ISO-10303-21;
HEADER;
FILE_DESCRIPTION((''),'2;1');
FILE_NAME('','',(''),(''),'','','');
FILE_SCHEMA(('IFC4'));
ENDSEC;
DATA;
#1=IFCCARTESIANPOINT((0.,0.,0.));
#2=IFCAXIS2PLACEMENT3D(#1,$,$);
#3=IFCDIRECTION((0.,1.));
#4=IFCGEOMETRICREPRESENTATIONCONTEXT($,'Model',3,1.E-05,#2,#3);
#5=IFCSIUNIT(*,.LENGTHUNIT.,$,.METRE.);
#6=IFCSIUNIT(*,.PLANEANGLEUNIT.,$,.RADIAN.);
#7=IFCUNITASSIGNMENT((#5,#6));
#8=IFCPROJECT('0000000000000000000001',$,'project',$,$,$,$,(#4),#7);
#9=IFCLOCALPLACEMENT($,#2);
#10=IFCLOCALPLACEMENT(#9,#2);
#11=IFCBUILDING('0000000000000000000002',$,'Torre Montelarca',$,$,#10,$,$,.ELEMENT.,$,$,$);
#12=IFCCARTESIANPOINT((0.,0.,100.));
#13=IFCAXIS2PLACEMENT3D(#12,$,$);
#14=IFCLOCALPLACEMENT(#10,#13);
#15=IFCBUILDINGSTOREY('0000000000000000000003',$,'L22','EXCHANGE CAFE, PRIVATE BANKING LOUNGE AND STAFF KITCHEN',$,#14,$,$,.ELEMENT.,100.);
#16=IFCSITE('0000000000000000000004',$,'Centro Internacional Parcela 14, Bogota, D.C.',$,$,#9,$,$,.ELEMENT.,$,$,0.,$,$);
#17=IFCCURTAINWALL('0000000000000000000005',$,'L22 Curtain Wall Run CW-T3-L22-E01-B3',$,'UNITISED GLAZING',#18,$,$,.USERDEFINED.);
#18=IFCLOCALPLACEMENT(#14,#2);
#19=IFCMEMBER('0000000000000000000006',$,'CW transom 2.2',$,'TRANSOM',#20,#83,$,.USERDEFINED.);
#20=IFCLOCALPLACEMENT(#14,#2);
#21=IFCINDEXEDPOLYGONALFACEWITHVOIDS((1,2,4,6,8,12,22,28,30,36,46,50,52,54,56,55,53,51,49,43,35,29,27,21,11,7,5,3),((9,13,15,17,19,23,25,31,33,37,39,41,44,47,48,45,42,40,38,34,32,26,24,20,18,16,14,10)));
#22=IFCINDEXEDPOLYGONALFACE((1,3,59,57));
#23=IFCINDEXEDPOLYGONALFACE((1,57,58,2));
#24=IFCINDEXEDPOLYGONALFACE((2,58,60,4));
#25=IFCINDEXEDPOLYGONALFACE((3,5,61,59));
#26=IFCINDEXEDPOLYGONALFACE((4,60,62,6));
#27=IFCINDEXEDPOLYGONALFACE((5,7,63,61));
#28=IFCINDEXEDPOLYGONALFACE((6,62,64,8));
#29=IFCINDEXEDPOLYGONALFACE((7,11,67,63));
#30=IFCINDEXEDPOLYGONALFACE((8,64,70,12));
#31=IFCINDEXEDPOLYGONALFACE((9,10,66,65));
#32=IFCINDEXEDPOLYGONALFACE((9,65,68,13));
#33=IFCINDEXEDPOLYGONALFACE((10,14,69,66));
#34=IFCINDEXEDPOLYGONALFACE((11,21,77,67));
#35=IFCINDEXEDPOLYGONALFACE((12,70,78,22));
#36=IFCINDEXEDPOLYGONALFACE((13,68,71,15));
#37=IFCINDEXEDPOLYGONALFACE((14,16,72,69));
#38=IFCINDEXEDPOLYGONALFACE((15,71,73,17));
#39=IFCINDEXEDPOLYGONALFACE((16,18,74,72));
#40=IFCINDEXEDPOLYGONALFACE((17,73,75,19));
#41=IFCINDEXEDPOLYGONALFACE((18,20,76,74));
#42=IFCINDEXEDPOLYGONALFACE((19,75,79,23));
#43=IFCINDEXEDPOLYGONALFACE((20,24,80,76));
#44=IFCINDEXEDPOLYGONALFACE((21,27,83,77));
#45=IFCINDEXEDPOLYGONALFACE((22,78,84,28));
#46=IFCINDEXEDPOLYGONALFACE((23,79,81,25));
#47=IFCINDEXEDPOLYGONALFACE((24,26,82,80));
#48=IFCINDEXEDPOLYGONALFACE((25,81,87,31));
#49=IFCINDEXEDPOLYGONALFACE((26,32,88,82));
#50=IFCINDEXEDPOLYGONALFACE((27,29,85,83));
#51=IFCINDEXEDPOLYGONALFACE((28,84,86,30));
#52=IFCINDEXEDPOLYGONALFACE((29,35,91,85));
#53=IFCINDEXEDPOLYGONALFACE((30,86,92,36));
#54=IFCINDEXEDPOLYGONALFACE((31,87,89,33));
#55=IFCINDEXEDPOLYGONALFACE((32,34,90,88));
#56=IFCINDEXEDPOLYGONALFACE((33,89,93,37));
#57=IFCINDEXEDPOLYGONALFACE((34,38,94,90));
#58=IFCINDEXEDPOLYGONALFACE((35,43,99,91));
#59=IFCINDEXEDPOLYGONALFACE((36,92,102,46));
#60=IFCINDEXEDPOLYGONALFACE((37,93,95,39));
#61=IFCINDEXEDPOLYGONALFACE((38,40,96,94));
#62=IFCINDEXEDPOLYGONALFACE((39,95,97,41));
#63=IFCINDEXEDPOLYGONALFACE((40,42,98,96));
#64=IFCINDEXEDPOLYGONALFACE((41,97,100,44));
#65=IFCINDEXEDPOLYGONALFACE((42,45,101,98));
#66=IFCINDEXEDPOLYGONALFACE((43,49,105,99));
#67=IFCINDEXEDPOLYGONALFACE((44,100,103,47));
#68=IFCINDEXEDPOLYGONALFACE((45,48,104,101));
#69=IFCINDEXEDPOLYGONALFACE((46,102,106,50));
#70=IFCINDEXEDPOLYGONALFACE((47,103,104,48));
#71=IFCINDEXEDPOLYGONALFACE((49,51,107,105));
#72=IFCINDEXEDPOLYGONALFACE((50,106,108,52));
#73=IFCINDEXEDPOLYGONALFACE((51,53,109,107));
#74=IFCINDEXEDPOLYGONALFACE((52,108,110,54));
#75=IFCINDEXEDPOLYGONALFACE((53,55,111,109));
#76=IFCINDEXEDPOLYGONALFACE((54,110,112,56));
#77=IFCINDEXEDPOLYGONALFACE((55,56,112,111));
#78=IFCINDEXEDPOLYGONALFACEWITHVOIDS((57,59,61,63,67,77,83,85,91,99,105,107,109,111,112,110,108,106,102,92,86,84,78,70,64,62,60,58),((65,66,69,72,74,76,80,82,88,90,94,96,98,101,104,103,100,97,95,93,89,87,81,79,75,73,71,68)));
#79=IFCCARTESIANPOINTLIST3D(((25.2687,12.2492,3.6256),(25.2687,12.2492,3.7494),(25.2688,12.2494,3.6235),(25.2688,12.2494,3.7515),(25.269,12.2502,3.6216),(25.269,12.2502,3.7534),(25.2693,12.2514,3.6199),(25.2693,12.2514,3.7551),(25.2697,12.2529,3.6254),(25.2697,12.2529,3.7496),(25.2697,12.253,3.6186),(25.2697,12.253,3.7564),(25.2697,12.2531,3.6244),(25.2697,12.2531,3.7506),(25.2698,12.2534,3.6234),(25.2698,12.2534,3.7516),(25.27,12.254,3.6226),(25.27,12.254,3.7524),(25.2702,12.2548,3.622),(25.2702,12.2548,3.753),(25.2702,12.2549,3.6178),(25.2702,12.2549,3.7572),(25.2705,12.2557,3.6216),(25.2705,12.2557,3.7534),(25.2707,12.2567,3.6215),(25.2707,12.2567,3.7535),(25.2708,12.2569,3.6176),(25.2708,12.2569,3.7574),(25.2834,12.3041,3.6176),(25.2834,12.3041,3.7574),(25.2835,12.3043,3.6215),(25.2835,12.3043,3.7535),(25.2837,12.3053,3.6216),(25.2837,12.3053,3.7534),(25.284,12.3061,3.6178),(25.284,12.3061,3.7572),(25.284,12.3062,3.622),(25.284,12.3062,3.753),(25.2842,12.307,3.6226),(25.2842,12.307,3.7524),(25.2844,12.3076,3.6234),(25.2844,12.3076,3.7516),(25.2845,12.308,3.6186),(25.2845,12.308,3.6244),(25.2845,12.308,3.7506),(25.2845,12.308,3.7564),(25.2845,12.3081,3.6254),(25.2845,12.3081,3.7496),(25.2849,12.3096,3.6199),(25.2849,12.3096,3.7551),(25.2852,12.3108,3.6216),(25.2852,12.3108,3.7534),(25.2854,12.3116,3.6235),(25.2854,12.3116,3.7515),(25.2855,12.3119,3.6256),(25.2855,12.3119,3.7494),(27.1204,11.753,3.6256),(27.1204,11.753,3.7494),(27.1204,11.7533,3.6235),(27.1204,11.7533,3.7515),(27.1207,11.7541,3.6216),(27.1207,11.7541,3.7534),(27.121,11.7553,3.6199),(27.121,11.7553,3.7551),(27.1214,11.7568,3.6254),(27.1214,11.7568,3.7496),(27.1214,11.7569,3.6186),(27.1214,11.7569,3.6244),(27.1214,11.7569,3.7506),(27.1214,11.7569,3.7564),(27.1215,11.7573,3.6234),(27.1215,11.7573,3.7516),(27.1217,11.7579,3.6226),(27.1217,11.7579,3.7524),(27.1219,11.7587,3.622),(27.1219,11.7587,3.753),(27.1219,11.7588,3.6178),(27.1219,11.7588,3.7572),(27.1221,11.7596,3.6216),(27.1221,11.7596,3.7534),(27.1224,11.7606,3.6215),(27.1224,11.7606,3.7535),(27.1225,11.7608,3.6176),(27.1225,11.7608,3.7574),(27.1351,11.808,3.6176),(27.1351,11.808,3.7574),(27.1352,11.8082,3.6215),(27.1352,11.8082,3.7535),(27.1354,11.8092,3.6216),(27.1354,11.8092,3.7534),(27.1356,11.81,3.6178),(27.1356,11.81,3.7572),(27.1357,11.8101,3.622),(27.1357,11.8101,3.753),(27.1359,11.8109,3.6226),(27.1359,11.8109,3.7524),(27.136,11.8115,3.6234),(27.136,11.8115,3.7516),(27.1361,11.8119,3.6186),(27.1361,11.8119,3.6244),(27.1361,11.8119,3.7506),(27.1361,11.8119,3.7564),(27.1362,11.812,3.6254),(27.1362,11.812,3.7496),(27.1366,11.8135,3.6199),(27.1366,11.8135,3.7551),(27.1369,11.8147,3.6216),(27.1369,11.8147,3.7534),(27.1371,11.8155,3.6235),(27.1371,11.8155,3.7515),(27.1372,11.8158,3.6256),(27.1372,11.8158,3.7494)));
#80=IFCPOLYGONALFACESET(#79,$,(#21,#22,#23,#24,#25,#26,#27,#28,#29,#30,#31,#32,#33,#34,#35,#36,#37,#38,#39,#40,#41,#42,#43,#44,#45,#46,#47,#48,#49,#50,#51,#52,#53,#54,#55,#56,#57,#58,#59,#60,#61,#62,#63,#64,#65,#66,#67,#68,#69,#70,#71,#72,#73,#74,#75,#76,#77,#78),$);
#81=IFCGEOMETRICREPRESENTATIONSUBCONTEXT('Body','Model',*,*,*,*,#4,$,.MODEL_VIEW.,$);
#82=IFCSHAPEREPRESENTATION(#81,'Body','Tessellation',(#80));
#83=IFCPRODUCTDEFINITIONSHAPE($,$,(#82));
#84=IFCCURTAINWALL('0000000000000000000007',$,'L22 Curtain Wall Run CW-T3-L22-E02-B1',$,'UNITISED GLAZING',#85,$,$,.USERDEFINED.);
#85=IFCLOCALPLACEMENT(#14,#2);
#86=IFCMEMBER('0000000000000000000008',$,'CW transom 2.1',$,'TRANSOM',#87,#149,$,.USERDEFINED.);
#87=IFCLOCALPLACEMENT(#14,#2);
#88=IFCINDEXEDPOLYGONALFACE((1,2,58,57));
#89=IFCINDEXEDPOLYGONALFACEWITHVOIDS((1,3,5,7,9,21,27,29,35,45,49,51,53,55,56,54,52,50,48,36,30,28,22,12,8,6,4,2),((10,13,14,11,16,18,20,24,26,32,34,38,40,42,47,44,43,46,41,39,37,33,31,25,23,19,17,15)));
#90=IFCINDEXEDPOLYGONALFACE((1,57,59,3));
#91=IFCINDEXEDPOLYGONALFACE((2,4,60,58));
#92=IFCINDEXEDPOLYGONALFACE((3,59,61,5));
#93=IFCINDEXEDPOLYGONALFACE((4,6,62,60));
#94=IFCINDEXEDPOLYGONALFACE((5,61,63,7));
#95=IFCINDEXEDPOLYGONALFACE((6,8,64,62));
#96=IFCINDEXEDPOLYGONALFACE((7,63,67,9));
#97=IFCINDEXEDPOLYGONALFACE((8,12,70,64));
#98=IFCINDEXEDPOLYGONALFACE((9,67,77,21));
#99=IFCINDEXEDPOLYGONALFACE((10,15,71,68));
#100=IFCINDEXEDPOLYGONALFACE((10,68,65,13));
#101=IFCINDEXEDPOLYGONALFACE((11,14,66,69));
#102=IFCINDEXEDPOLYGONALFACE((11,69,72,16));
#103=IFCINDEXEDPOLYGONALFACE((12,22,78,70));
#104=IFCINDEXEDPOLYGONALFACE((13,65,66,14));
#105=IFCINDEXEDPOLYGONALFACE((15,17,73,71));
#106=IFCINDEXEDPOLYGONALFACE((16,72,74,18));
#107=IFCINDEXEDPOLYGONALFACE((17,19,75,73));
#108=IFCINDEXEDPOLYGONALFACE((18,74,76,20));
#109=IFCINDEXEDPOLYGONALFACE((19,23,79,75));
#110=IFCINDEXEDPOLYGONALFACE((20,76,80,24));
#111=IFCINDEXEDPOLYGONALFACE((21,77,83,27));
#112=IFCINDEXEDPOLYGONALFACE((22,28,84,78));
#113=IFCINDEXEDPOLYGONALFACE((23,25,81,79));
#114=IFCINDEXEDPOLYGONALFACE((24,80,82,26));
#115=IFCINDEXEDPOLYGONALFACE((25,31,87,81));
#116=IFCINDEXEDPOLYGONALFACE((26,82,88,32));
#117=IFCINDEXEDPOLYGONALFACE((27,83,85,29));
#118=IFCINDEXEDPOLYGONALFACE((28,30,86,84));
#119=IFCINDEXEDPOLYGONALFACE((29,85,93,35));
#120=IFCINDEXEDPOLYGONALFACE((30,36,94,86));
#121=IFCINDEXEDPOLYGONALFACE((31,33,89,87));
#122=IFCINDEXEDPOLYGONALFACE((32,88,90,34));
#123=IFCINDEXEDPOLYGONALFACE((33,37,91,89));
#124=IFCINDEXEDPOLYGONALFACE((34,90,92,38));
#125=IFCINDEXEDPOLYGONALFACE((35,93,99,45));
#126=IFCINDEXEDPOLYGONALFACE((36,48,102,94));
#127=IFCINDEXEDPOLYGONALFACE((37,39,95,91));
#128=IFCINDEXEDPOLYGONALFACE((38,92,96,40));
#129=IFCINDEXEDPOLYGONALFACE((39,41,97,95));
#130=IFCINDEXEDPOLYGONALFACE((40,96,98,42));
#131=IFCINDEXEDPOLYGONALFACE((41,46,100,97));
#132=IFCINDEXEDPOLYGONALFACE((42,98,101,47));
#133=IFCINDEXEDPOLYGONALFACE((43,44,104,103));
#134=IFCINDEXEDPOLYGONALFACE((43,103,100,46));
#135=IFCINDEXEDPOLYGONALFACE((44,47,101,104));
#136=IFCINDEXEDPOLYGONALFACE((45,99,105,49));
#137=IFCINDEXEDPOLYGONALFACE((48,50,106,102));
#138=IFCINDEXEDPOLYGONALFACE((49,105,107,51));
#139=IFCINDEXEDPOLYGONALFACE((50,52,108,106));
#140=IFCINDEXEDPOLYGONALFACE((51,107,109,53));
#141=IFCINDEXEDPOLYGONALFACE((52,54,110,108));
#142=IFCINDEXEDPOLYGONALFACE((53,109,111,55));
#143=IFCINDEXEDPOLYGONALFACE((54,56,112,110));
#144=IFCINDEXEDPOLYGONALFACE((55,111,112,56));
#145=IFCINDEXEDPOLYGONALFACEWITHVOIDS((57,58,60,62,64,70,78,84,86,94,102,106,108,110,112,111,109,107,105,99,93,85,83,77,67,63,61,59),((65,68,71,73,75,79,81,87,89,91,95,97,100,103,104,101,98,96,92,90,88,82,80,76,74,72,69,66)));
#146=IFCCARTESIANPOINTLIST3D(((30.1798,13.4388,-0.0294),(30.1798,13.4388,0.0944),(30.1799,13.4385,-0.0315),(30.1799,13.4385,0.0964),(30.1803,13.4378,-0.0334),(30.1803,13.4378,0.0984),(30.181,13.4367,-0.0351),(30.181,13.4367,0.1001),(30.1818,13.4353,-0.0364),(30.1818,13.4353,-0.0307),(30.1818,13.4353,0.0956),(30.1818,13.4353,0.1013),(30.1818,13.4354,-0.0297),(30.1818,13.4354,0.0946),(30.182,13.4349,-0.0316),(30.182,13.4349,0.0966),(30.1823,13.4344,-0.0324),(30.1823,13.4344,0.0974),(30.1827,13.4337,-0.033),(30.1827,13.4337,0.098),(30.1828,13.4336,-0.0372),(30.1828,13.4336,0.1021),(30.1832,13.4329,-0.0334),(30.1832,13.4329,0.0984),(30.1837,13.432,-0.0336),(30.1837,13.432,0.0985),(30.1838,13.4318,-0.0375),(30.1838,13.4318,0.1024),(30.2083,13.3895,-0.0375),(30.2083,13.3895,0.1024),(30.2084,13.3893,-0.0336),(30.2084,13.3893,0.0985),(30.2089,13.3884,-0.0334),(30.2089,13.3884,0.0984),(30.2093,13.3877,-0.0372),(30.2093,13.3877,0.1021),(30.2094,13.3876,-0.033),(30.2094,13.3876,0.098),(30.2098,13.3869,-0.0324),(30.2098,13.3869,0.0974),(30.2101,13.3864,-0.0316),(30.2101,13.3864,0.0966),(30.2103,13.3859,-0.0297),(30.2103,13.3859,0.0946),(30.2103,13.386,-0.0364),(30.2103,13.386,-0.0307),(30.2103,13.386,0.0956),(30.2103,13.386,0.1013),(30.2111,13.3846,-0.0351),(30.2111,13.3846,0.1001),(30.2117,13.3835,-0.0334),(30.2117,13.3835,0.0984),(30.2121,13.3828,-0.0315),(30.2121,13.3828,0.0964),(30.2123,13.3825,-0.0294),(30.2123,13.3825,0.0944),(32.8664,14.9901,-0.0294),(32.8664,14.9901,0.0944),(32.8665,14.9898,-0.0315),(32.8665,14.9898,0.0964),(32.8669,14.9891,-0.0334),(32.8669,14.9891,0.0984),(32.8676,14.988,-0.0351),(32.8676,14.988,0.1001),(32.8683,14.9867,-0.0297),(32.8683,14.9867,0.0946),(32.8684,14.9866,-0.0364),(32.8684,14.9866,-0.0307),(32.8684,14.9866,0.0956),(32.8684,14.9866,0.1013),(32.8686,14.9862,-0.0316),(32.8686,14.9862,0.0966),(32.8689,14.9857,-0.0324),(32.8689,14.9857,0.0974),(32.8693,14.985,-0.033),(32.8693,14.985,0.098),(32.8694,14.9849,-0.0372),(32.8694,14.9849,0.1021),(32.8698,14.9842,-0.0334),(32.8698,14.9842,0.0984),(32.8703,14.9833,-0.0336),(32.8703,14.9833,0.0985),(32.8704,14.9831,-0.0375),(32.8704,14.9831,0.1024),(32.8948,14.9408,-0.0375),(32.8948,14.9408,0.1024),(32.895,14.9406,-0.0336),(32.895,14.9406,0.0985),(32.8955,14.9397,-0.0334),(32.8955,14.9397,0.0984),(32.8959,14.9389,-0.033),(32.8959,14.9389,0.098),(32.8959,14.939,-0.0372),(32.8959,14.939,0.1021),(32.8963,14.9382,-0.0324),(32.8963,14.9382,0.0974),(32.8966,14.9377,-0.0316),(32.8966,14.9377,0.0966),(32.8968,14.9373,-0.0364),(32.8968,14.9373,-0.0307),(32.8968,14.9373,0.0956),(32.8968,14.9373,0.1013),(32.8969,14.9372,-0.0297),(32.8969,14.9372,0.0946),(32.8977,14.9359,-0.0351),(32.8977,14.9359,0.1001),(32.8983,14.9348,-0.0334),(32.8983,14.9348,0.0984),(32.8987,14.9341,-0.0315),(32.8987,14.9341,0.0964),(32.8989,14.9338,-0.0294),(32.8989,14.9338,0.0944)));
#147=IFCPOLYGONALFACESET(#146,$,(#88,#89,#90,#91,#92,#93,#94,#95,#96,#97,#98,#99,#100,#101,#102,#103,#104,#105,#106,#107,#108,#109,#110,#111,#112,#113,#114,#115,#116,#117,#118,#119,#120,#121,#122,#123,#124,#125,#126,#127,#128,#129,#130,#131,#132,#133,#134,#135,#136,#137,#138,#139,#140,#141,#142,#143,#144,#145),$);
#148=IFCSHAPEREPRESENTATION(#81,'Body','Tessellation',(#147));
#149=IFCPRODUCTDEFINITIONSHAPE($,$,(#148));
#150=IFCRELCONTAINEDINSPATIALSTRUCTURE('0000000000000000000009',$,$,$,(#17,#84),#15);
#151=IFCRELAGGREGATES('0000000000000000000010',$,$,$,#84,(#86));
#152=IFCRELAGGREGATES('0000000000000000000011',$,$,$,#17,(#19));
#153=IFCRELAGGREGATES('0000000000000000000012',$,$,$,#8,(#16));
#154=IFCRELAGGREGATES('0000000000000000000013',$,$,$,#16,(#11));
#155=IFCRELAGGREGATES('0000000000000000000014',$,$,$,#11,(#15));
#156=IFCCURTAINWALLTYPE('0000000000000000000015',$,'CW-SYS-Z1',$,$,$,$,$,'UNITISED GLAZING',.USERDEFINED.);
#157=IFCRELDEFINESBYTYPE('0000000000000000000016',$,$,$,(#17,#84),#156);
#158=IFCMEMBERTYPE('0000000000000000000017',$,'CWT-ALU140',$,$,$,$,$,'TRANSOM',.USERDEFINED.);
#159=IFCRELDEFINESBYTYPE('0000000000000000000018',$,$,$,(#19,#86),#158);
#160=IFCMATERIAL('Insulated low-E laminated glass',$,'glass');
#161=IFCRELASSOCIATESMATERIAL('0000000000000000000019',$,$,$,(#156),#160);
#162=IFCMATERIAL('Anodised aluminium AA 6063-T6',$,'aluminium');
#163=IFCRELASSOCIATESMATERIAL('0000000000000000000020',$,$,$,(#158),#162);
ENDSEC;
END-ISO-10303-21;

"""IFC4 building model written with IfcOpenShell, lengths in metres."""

from ifc_helpers import new_model, si_unit, direction, frame, origin, origin_2d, place, context, subcontext, project, spatial, hollow_rectangle, extrude, source, transform, mapped, material, material_profile, profile_set, type_object, element, aggregate, save


model = new_model("IFC4")

# Units and contexts
model_context = context("Model", 3, precision=1e-05, world=origin(), true_north=direction((0.0, 1.0)))
body_context = subcontext(model_context, "Body", "Model", "MODEL_VIEW")
ifc_project = project(units=[si_unit("LENGTHUNIT", "METRE"), si_unit("PLANEANGLEUNIT", "RADIAN")], contexts=[model_context])

# Site, building, storey
site_placement = place(None, origin())
site = spatial("IfcSite", under=ifc_project, at=site_placement, Name="Centro Internacional Parcela 14, Bogota, D.C.", CompositionType="ELEMENT", RefElevation=0.0)
building_placement = place(site_placement, origin())
building = spatial("IfcBuilding", under=site, at=building_placement, Name="Torre Montelarca", CompositionType="ELEMENT")
storey_placement = place(building_placement, frame((0.0, 0.0, 100.0)))
storey = spatial("IfcBuildingStorey", under=building, at=storey_placement, Name="L22", Description="EXCHANGE CAFE, PRIVATE BANKING LOUNGE AND STAFF KITCHEN", CompositionType="ELEMENT", Elevation=100.0)

# Curtain walls, members
ifc_material_1 = material(Name="Insulated low-E laminated glass", Category="glass")
curtain_wall_type = type_object("IfcCurtainWallType", Name="CW-SYS-Z1", ElementType="UNITISED GLAZING", PredefinedType="USERDEFINED", material=ifc_material_1)
curtain_wall_1_placement = place(storey_placement, origin())
curtain_wall_1 = element("IfcCurtainWall", 1, at=curtain_wall_1_placement, inside=storey, type_object=curtain_wall_type, Name="L22 Curtain Wall Run CW-T3-L22-E01-B3", ObjectType="UNITISED GLAZING", PredefinedType="USERDEFINED")
ifc_material_2 = material(Name="Anodised aluminium AA 6063-T6", Category="aluminium")
ifc_material_profile_1 = material_profile(ifc_material_2, hollow_rectangle(XDim=0.0649, YDim=0.1399, WallThickness=0.0039, InnerFilletRadius=0.0039, OuterFilletRadius=0.0081, at=origin_2d()), Name="ALU65X140X4", Category="aluminium")
ifc_profile_set_1 = profile_set([ifc_material_profile_1], Name="Anodised aluminium AA 6063-T6")
member_type_1 = type_object("IfcMemberType", Name="CWT-ALU140", ElementType="TRANSOM", PredefinedType="USERDEFINED", material=ifc_profile_set_1)
shared_shape_1 = source(origin(), body_context, "Body", "SweptSolid", [
    extrude(hollow_rectangle(XDim=0.0649, YDim=0.1399, WallThickness=0.0039, InnerFilletRadius=0.0039, OuterFilletRadius=0.0081, at=origin_2d()), origin(), (0.0, 0.0, 1.0), 1.917),
])
member_1_placement = place(storey_placement, frame((25.2771, 12.2805, 3.6875), z_axis=(0.96593, -0.258804, 0.0), x_axis=(0.258804, 0.96593, 0.0)))
member_1 = element("IfcMember", 2, at=member_1_placement, type_object=member_type_1, Name="CW transom 2.2", ObjectType="TRANSOM", PredefinedType="USERDEFINED", context=body_context, shape_type="MappedRepresentation", body=[
    mapped(shared_shape_1, transform((0.0, 0.0, 0.0), scale=1.0)),
])
curtain_wall_2_placement = place(storey_placement, origin())
curtain_wall_2 = element("IfcCurtainWall", 3, at=curtain_wall_2_placement, inside=storey, type_object=curtain_wall_type, Name="L22 Curtain Wall Run CW-T3-L22-E02-B1", ObjectType="UNITISED GLAZING", PredefinedType="USERDEFINED")
shared_shape_2 = source(origin(), body_context, "Body", "SweptSolid", [
    extrude(hollow_rectangle(XDim=0.0649, YDim=0.1399, WallThickness=0.0039, InnerFilletRadius=0.0039, OuterFilletRadius=0.0081, at=origin_2d()), origin(), (0.0, 0.0, 1.0), 3.1023),
])
member_2_placement = place(storey_placement, frame((30.196, 13.4106, 0.0325), z_axis=(0.865997, 0.500049, 0.0), x_axis=(-0.500049, 0.865997, 0.0)))
member_2 = element("IfcMember", 4, at=member_2_placement, type_object=member_type_1, Name="CW transom 2.1", ObjectType="TRANSOM", PredefinedType="USERDEFINED", context=body_context, shape_type="MappedRepresentation", body=[
    mapped(shared_shape_2, transform((0.0, 0.0, 0.0), scale=1.0)),
])

aggregate(curtain_wall_2, [member_2])
aggregate(curtain_wall_1, [member_1])

save(model, "model.ifc")
